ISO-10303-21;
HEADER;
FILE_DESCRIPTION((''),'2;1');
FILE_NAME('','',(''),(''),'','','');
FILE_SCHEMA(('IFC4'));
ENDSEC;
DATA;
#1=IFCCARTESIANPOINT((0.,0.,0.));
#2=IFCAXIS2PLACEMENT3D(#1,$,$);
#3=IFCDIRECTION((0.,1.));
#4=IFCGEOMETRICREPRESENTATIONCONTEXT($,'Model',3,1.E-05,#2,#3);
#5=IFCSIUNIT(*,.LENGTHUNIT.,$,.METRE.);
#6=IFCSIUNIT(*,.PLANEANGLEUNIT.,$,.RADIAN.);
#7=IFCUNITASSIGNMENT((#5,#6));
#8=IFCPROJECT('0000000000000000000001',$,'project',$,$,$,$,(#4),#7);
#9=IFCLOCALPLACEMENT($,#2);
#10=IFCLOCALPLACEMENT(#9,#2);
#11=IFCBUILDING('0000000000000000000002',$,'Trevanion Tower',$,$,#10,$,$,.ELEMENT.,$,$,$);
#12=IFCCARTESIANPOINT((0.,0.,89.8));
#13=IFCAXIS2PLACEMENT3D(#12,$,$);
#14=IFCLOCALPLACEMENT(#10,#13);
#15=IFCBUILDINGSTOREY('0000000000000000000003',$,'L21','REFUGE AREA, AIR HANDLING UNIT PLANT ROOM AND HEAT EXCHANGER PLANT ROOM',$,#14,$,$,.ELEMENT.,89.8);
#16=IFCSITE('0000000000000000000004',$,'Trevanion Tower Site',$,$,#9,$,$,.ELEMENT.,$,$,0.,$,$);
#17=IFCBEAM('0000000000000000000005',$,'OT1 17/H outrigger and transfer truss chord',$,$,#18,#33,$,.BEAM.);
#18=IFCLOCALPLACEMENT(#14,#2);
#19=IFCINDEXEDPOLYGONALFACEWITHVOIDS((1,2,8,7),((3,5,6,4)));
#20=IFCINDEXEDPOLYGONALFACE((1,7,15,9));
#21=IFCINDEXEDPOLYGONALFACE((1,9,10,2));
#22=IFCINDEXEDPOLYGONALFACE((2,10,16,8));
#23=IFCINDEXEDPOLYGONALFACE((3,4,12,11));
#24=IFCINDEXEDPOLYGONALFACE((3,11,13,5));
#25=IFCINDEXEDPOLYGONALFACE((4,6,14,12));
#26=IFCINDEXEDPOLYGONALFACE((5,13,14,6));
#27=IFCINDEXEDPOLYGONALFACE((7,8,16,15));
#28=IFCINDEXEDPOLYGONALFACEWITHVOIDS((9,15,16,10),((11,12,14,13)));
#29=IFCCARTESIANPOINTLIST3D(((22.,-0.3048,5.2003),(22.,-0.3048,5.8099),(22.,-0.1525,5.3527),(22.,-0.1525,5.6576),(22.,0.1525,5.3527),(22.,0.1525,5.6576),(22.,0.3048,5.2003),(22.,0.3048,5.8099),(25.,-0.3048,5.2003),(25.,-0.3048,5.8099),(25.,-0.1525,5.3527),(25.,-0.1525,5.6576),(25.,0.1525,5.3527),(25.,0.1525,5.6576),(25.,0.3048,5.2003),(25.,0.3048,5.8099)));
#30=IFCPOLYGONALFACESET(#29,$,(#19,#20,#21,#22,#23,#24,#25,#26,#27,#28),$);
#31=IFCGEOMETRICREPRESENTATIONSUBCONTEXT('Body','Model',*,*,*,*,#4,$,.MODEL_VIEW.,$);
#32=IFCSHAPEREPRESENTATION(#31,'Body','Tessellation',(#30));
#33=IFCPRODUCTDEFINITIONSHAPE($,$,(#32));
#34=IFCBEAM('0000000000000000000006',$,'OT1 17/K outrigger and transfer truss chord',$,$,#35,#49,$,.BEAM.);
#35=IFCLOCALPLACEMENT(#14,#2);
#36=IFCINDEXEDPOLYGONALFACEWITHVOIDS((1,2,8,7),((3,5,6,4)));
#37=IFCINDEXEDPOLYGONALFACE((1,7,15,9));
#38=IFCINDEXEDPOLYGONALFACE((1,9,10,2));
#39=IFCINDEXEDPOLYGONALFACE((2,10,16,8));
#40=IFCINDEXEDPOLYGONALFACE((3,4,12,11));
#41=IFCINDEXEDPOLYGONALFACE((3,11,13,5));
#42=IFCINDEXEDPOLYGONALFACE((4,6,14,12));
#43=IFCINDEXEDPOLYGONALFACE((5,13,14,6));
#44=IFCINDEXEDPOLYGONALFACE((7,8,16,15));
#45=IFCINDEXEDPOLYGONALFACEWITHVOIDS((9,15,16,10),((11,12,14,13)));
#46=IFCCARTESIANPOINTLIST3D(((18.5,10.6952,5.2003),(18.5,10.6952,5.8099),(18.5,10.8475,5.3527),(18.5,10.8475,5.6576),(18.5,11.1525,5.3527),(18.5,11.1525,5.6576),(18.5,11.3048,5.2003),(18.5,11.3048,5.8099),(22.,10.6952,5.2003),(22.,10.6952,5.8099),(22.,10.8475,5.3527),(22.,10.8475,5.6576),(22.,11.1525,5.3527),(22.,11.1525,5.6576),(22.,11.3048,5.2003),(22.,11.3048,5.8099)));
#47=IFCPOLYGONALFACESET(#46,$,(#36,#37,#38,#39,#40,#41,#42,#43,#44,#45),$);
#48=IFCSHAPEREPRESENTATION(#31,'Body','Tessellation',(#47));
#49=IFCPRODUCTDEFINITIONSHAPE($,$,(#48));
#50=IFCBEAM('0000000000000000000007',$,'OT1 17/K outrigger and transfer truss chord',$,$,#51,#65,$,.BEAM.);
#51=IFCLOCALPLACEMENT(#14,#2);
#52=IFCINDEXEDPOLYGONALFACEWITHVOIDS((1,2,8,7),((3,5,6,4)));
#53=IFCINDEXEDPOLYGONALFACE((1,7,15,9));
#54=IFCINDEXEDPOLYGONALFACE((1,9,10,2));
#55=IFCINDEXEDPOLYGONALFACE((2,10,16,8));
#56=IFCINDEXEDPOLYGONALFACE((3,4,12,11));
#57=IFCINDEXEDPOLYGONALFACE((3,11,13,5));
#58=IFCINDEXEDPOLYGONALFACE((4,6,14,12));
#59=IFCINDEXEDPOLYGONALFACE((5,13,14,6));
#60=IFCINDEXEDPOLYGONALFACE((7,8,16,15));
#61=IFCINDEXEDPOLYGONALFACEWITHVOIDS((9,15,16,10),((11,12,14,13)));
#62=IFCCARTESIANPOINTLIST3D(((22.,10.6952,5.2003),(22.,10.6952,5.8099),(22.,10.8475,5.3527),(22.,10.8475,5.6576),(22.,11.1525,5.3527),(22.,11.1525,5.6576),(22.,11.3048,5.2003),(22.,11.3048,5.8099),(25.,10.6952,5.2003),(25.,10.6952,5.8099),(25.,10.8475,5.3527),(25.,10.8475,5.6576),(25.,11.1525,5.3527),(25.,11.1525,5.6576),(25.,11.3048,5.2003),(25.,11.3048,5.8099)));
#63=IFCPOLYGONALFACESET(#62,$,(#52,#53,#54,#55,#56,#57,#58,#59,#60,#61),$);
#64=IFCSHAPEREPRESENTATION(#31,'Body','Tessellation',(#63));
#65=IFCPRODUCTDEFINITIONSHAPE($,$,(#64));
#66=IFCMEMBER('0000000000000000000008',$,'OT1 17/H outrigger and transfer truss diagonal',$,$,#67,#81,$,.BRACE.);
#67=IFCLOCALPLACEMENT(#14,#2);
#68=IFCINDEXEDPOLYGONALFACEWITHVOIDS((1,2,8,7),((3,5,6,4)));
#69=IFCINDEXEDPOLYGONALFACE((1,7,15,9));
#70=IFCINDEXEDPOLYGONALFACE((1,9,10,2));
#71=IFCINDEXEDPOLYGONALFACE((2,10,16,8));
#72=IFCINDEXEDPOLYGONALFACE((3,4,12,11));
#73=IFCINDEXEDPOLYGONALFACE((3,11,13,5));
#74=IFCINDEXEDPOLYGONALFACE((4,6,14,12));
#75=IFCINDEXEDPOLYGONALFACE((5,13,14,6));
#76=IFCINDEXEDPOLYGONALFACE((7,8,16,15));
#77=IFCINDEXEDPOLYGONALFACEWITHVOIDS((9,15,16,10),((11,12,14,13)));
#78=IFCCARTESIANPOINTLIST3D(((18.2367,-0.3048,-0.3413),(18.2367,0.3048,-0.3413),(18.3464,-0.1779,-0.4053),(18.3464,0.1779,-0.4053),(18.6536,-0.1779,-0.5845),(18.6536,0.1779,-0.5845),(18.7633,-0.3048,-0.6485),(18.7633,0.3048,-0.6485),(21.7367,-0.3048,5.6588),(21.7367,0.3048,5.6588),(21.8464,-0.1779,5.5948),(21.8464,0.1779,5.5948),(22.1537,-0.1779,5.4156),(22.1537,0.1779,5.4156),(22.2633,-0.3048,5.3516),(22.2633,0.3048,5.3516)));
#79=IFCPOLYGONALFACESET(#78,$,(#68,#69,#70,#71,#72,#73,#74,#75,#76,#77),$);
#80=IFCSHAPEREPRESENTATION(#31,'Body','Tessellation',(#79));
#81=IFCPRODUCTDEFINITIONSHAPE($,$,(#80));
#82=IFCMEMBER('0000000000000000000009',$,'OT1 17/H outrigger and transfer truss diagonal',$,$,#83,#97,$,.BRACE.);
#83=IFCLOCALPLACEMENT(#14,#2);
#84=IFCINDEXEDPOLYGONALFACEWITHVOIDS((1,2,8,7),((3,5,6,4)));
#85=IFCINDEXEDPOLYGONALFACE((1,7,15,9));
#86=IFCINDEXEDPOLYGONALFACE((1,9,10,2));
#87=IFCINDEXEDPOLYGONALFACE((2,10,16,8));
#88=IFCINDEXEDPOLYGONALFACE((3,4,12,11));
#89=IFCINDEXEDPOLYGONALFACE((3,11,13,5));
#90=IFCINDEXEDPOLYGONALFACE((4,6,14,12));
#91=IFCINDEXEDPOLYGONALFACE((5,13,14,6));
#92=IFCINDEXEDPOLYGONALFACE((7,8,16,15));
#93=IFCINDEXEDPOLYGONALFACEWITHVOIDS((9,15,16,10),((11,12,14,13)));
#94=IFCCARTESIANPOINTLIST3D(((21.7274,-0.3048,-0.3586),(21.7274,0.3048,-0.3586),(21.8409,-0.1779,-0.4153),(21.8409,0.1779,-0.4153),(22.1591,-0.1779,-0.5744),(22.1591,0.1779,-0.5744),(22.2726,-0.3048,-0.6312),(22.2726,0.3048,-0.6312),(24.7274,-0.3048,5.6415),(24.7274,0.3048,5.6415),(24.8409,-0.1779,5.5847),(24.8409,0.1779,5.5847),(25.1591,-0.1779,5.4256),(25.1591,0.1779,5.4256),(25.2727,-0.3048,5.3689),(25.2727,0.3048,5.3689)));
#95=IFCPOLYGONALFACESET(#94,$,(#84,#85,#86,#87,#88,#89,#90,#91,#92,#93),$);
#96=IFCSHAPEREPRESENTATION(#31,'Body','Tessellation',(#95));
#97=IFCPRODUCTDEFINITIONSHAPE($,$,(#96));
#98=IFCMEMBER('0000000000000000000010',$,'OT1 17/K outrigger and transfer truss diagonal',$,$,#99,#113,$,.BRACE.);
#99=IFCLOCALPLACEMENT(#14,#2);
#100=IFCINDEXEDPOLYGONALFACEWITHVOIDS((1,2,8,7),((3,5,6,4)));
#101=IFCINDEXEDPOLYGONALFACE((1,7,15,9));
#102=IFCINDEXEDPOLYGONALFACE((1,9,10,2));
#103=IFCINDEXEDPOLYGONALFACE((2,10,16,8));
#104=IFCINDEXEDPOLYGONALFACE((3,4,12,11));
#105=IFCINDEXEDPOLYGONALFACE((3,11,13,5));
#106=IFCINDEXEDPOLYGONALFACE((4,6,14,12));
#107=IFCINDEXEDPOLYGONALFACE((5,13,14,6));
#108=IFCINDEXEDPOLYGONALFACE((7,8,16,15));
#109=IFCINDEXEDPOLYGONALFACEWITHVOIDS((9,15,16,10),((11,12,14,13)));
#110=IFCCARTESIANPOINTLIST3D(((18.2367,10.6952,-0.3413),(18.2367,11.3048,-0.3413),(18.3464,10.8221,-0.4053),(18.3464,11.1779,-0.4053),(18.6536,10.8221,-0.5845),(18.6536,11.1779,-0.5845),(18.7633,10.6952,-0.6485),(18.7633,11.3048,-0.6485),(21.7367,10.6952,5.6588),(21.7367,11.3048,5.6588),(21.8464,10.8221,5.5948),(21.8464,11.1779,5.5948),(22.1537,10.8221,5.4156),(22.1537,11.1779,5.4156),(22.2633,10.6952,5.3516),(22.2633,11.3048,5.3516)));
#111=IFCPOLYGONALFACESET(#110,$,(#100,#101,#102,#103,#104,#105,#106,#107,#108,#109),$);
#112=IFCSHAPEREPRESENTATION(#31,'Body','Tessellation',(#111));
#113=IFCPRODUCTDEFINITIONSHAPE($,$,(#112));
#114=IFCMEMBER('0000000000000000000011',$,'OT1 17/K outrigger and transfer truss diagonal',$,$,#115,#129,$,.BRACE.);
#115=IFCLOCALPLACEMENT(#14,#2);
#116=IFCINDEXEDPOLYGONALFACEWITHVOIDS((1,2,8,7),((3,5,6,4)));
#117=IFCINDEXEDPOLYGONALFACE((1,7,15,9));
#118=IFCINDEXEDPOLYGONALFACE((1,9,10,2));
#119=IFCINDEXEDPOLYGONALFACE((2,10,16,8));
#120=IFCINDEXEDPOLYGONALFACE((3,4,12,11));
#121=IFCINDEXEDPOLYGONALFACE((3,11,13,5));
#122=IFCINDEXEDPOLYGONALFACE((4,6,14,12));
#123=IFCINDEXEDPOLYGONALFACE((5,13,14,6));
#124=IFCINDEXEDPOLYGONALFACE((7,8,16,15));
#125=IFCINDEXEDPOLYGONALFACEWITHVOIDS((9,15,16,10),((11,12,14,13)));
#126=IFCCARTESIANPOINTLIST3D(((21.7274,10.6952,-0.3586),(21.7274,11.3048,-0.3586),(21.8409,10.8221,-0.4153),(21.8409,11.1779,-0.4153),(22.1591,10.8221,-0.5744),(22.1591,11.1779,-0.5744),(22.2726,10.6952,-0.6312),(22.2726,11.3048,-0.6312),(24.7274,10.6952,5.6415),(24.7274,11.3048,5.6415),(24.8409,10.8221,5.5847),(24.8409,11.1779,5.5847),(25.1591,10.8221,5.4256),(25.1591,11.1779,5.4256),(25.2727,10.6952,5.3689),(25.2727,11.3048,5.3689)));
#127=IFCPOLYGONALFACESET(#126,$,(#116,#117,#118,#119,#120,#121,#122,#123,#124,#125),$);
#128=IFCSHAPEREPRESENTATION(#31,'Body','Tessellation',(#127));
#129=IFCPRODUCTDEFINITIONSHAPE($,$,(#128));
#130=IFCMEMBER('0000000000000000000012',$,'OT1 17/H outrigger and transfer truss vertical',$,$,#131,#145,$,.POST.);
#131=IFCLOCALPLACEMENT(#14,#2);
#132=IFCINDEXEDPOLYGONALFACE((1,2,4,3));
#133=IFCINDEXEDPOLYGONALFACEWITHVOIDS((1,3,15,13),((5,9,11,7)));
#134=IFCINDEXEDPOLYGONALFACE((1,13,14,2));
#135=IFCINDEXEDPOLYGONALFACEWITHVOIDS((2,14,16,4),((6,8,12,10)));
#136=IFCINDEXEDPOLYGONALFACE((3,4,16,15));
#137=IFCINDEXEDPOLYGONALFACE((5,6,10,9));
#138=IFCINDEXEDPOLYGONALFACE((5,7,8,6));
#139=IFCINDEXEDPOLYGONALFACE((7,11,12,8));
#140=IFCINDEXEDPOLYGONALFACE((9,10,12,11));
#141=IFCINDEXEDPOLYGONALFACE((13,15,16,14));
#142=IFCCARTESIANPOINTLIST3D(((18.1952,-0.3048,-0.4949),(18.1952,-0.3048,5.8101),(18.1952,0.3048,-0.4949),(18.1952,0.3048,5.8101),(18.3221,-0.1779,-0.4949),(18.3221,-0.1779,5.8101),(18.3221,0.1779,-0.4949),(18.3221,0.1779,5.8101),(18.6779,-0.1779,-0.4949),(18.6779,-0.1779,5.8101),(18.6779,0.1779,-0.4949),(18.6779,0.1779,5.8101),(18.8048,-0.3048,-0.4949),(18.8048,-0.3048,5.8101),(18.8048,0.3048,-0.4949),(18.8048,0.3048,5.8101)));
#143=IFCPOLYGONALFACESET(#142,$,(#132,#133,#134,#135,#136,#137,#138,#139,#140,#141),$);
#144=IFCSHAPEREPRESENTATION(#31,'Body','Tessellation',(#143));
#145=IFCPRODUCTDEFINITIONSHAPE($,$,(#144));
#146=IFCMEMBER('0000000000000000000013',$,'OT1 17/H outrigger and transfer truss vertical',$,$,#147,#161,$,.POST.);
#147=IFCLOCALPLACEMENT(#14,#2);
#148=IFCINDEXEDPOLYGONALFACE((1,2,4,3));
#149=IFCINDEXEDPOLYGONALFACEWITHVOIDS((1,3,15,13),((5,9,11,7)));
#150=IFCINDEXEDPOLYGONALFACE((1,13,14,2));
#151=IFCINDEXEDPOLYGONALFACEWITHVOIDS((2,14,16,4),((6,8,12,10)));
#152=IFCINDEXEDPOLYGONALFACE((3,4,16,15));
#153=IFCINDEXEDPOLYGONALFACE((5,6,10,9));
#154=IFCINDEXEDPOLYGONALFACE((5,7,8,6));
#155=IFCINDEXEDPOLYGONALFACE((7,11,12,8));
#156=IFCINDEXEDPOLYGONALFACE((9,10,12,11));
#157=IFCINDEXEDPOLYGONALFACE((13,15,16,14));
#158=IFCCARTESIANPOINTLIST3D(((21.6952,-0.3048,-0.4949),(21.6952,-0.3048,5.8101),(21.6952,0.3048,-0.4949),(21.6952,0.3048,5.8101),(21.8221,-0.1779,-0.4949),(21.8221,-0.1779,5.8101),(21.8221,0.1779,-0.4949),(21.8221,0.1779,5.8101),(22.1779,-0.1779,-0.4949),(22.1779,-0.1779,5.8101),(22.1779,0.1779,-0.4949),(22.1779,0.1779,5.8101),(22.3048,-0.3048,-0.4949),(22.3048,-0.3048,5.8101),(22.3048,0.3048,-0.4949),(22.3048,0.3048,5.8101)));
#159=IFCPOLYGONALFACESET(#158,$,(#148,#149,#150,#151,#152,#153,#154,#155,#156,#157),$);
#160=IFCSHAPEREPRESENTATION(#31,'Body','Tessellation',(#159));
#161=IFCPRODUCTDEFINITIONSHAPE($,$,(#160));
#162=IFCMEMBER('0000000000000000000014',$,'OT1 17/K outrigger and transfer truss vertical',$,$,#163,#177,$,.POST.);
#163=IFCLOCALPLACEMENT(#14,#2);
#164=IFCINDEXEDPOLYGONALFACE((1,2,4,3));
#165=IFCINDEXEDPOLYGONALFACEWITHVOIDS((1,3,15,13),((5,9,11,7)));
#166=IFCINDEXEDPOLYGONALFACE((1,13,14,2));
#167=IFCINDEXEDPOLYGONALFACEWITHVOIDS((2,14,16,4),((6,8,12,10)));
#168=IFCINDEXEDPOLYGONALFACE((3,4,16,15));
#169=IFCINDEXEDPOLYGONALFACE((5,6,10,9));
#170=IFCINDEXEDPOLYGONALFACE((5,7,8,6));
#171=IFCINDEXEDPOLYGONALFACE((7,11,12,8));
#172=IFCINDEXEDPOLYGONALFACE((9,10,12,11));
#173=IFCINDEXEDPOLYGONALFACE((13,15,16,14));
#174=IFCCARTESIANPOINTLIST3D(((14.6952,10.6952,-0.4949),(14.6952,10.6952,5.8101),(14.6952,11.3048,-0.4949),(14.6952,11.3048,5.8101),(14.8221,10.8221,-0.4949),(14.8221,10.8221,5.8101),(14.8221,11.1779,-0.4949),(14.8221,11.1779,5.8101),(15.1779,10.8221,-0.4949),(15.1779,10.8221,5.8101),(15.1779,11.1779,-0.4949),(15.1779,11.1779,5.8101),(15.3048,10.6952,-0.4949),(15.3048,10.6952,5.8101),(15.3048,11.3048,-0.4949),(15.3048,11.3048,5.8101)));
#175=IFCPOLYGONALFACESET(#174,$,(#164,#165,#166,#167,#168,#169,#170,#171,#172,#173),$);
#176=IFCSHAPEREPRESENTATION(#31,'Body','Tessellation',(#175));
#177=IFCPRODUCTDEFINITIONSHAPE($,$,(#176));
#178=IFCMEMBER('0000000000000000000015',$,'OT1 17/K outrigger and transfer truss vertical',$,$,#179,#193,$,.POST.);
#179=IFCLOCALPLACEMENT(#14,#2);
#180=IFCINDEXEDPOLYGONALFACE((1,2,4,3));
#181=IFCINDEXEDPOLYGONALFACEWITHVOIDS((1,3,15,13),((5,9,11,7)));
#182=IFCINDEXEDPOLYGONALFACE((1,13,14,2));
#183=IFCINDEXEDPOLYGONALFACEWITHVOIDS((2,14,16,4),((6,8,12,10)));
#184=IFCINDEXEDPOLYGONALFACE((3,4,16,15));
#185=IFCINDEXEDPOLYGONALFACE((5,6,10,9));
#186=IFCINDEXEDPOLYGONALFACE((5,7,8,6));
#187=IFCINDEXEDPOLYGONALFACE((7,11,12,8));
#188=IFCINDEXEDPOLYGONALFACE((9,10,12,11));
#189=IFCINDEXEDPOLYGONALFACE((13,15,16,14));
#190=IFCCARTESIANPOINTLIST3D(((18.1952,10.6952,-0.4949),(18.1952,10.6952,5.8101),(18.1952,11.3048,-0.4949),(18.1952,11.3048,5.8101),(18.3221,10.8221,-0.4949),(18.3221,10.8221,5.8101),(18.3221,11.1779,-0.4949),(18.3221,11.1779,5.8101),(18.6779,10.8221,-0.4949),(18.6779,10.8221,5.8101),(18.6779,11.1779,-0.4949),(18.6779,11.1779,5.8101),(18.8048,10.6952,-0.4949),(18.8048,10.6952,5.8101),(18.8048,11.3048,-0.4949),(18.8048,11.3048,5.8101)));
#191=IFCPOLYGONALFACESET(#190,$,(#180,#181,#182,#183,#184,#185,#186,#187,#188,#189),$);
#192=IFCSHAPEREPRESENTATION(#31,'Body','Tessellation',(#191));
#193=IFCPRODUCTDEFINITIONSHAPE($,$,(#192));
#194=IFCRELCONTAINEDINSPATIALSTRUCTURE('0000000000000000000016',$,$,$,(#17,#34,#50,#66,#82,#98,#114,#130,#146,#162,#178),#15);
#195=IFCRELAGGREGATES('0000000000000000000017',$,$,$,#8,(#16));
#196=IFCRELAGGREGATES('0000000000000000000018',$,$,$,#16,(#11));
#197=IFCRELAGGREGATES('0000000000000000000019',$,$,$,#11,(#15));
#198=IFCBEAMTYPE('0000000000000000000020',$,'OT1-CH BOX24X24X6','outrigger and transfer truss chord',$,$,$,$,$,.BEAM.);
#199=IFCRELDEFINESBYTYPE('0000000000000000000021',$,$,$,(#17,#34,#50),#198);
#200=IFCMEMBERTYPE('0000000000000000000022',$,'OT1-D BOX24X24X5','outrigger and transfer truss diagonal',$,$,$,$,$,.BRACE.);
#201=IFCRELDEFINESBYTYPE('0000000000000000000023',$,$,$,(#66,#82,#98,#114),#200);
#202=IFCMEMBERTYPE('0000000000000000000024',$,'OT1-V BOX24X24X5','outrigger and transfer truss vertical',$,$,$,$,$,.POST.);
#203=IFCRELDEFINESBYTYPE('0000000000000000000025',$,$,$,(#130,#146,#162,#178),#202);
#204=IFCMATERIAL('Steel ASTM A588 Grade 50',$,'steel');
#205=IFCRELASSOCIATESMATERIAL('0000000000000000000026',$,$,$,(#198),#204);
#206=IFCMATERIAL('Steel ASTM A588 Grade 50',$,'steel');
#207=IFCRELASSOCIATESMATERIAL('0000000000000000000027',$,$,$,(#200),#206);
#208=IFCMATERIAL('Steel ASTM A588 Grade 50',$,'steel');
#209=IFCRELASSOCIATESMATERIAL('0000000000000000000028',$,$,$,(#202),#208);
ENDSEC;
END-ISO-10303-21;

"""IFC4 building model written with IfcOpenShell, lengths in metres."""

from ifc_helpers import new_model, si_unit, direction, frame, origin, origin_2d, place, context, subcontext, project, spatial, hollow_rectangle, extrude, material, material_profile, profile_set, type_object, element, save


model = new_model("IFC4")

# Units and contexts
model_context = context("Model", 3, precision=1e-05, world=origin(), true_north=direction((0.0, 1.0)))
body_context = subcontext(model_context, "Body", "Model", "MODEL_VIEW")
ifc_project = project(units=[si_unit("LENGTHUNIT", "METRE"), si_unit("PLANEANGLEUNIT", "RADIAN")], contexts=[model_context])

# Site, building, storey
site_placement = place(None, origin())
site = spatial("IfcSite", under=ifc_project, at=site_placement, Name="Trevanion Tower Site", CompositionType="ELEMENT", RefElevation=0.0)
building_placement = place(site_placement, origin())
building = spatial("IfcBuilding", under=site, at=building_placement, Name="Trevanion Tower", CompositionType="ELEMENT")
storey_placement = place(building_placement, frame((0.0, 0.0, 89.8)))
storey = spatial("IfcBuildingStorey", under=building, at=storey_placement, Name="L21", Description="REFUGE AREA, AIR HANDLING UNIT PLANT ROOM AND HEAT EXCHANGER PLANT ROOM", CompositionType="ELEMENT", Elevation=89.8)

# Beams
ifc_material_1 = material(Name="Steel ASTM A588 Grade 50", Category="steel")
ifc_material_profile_1 = material_profile(ifc_material_1, hollow_rectangle(XDim=0.6096, YDim=0.6096, WallThickness=0.1523, at=origin_2d()), Name="BOX24X24X6")
ifc_profile_set_1 = profile_set([ifc_material_profile_1], Name="Steel ASTM A588 Grade 50")
beam_type_1 = type_object("IfcBeamType", Name="OT1-CH BOX24X24X6", Description="outrigger and transfer truss chord", PredefinedType="BEAM", material=ifc_profile_set_1)
beam_1_placement = place(storey_placement, frame((22.0, 0.0, 5.5051), z_axis=(1.0, 0.0, 0.0), x_axis=(0.0, 1.0, 0.0)))
element("IfcBeam", 1, at=beam_1_placement, inside=storey, type_object=beam_type_1, Name="OT1 17/H outrigger and transfer truss chord", PredefinedType="BEAM", context=body_context, shape_type="SweptSolid", body=[
    extrude(hollow_rectangle(XDim=0.6096, YDim=0.6096, WallThickness=0.1523, at=origin_2d()), origin(), (0.0, 0.0, 1.0), 3.0),
])
beam_2_placement = place(storey_placement, frame((18.5, 11.0, 5.5051), z_axis=(1.0, 0.0, 0.0), x_axis=(0.0, 1.0, 0.0)))
element("IfcBeam", 2, at=beam_2_placement, inside=storey, type_object=beam_type_1, Name="OT1 17/K outrigger and transfer truss chord", PredefinedType="BEAM", context=body_context, shape_type="SweptSolid", body=[
    extrude(hollow_rectangle(XDim=0.6096, YDim=0.6096, WallThickness=0.1523, at=origin_2d()), origin(), (0.0, 0.0, 1.0), 3.5),
])
beam_3_placement = place(storey_placement, frame((22.0, 11.0, 5.5051), z_axis=(1.0, 0.0, 0.0), x_axis=(0.0, 1.0, 0.0)))
element("IfcBeam", 3, at=beam_3_placement, inside=storey, type_object=beam_type_1, Name="OT1 17/K outrigger and transfer truss chord", PredefinedType="BEAM", context=body_context, shape_type="SweptSolid", body=[
    extrude(hollow_rectangle(XDim=0.6096, YDim=0.6096, WallThickness=0.1523, at=origin_2d()), origin(), (0.0, 0.0, 1.0), 3.0),
])

# Members
ifc_material_2 = material(Name="Steel ASTM A588 Grade 50", Category="steel")
ifc_material_profile_2 = material_profile(ifc_material_2, hollow_rectangle(XDim=0.6096, YDim=0.6096, WallThickness=0.127, at=origin_2d()), Name="BOX24X24X5")
ifc_profile_set_2 = profile_set([ifc_material_profile_2], Name="Steel ASTM A588 Grade 50")
member_type_1 = type_object("IfcMemberType", Name="OT1-D BOX24X24X5", Description="outrigger and transfer truss diagonal", PredefinedType="BRACE", material=ifc_profile_set_2)
member_1_placement = place(storey_placement, frame((18.5, 0.0, -0.4949), z_axis=(0.503871, 0.0, 0.863779), x_axis=(0.0, 1.0, 0.0)))
element("IfcMember", 4, at=member_1_placement, inside=storey, type_object=member_type_1, Name="OT1 17/H outrigger and transfer truss diagonal", PredefinedType="BRACE", context=body_context, shape_type="SweptSolid", body=[
    extrude(hollow_rectangle(XDim=0.6096, YDim=0.6096, WallThickness=0.127, at=origin_2d()), origin(), (0.0, 0.0, 1.0), 6.9463),
])
member_2_placement = place(storey_placement, frame((22.0, 0.0, -0.4949), z_axis=(0.447214, 0.0, 0.894427), x_axis=(0.0, 1.0, 0.0)))
element("IfcMember", 5, at=member_2_placement, inside=storey, type_object=member_type_1, Name="OT1 17/H outrigger and transfer truss diagonal", PredefinedType="BRACE", context=body_context, shape_type="SweptSolid", body=[
    extrude(hollow_rectangle(XDim=0.6096, YDim=0.6096, WallThickness=0.127, at=origin_2d()), origin(), (0.0, 0.0, 1.0), 6.7083),
])
member_3_placement = place(storey_placement, frame((18.5, 11.0, -0.4949), z_axis=(0.503871, 0.0, 0.863779), x_axis=(0.0, 1.0, 0.0)))
element("IfcMember", 6, at=member_3_placement, inside=storey, type_object=member_type_1, Name="OT1 17/K outrigger and transfer truss diagonal", PredefinedType="BRACE", context=body_context, shape_type="SweptSolid", body=[
    extrude(hollow_rectangle(XDim=0.6096, YDim=0.6096, WallThickness=0.127, at=origin_2d()), origin(), (0.0, 0.0, 1.0), 6.9463),
])
member_4_placement = place(storey_placement, frame((22.0, 11.0, -0.4949), z_axis=(0.447214, 0.0, 0.894427), x_axis=(0.0, 1.0, 0.0)))
element("IfcMember", 7, at=member_4_placement, inside=storey, type_object=member_type_1, Name="OT1 17/K outrigger and transfer truss diagonal", PredefinedType="BRACE", context=body_context, shape_type="SweptSolid", body=[
    extrude(hollow_rectangle(XDim=0.6096, YDim=0.6096, WallThickness=0.127, at=origin_2d()), origin(), (0.0, 0.0, 1.0), 6.7083),
])
ifc_material_3 = material(Name="Steel ASTM A588 Grade 50", Category="steel")
ifc_material_profile_3 = material_profile(ifc_material_3, hollow_rectangle(XDim=0.6096, YDim=0.6096, WallThickness=0.127, at=origin_2d()), Name="BOX24X24X5")
ifc_profile_set_3 = profile_set([ifc_material_profile_3], Name="Steel ASTM A588 Grade 50")
member_type_2 = type_object("IfcMemberType", Name="OT1-V BOX24X24X5", Description="outrigger and transfer truss vertical", PredefinedType="POST", material=ifc_profile_set_3)
for number, where, z_axis, x_axis, name in (
    (8, (18.5, 0.0, -0.4949), (0.0, 0.0, 1.0), (1.0, 0.0, 0.0), "OT1 17/H outrigger and transfer truss vertical"),
    (9, (22.0, 0.0, -0.4949), (0.0, 0.0, 1.0), (1.0, 0.0, 0.0), "OT1 17/H outrigger and transfer truss vertical"),
    (10, (15.0, 11.0, -0.4949), (0.0, 0.0, 1.0), (1.0, 0.0, 0.0), "OT1 17/K outrigger and transfer truss vertical"),
    (11, (18.5, 11.0, -0.4949), (0.0, 0.0, 1.0), (1.0, 0.0, 0.0), "OT1 17/K outrigger and transfer truss vertical"),
):
    element("IfcMember", number, at=place(storey_placement, frame(where, z_axis=z_axis, x_axis=x_axis)), inside=storey, type_object=member_type_2, Name=name, PredefinedType="POST", context=body_context, shape_type="SweptSolid", body=[
        extrude(hollow_rectangle(XDim=0.6096, YDim=0.6096, WallThickness=0.127, at=origin_2d()), origin(), (0.0, 0.0, 1.0), 6.3049),
    ])

save(model, "model.ifc")
